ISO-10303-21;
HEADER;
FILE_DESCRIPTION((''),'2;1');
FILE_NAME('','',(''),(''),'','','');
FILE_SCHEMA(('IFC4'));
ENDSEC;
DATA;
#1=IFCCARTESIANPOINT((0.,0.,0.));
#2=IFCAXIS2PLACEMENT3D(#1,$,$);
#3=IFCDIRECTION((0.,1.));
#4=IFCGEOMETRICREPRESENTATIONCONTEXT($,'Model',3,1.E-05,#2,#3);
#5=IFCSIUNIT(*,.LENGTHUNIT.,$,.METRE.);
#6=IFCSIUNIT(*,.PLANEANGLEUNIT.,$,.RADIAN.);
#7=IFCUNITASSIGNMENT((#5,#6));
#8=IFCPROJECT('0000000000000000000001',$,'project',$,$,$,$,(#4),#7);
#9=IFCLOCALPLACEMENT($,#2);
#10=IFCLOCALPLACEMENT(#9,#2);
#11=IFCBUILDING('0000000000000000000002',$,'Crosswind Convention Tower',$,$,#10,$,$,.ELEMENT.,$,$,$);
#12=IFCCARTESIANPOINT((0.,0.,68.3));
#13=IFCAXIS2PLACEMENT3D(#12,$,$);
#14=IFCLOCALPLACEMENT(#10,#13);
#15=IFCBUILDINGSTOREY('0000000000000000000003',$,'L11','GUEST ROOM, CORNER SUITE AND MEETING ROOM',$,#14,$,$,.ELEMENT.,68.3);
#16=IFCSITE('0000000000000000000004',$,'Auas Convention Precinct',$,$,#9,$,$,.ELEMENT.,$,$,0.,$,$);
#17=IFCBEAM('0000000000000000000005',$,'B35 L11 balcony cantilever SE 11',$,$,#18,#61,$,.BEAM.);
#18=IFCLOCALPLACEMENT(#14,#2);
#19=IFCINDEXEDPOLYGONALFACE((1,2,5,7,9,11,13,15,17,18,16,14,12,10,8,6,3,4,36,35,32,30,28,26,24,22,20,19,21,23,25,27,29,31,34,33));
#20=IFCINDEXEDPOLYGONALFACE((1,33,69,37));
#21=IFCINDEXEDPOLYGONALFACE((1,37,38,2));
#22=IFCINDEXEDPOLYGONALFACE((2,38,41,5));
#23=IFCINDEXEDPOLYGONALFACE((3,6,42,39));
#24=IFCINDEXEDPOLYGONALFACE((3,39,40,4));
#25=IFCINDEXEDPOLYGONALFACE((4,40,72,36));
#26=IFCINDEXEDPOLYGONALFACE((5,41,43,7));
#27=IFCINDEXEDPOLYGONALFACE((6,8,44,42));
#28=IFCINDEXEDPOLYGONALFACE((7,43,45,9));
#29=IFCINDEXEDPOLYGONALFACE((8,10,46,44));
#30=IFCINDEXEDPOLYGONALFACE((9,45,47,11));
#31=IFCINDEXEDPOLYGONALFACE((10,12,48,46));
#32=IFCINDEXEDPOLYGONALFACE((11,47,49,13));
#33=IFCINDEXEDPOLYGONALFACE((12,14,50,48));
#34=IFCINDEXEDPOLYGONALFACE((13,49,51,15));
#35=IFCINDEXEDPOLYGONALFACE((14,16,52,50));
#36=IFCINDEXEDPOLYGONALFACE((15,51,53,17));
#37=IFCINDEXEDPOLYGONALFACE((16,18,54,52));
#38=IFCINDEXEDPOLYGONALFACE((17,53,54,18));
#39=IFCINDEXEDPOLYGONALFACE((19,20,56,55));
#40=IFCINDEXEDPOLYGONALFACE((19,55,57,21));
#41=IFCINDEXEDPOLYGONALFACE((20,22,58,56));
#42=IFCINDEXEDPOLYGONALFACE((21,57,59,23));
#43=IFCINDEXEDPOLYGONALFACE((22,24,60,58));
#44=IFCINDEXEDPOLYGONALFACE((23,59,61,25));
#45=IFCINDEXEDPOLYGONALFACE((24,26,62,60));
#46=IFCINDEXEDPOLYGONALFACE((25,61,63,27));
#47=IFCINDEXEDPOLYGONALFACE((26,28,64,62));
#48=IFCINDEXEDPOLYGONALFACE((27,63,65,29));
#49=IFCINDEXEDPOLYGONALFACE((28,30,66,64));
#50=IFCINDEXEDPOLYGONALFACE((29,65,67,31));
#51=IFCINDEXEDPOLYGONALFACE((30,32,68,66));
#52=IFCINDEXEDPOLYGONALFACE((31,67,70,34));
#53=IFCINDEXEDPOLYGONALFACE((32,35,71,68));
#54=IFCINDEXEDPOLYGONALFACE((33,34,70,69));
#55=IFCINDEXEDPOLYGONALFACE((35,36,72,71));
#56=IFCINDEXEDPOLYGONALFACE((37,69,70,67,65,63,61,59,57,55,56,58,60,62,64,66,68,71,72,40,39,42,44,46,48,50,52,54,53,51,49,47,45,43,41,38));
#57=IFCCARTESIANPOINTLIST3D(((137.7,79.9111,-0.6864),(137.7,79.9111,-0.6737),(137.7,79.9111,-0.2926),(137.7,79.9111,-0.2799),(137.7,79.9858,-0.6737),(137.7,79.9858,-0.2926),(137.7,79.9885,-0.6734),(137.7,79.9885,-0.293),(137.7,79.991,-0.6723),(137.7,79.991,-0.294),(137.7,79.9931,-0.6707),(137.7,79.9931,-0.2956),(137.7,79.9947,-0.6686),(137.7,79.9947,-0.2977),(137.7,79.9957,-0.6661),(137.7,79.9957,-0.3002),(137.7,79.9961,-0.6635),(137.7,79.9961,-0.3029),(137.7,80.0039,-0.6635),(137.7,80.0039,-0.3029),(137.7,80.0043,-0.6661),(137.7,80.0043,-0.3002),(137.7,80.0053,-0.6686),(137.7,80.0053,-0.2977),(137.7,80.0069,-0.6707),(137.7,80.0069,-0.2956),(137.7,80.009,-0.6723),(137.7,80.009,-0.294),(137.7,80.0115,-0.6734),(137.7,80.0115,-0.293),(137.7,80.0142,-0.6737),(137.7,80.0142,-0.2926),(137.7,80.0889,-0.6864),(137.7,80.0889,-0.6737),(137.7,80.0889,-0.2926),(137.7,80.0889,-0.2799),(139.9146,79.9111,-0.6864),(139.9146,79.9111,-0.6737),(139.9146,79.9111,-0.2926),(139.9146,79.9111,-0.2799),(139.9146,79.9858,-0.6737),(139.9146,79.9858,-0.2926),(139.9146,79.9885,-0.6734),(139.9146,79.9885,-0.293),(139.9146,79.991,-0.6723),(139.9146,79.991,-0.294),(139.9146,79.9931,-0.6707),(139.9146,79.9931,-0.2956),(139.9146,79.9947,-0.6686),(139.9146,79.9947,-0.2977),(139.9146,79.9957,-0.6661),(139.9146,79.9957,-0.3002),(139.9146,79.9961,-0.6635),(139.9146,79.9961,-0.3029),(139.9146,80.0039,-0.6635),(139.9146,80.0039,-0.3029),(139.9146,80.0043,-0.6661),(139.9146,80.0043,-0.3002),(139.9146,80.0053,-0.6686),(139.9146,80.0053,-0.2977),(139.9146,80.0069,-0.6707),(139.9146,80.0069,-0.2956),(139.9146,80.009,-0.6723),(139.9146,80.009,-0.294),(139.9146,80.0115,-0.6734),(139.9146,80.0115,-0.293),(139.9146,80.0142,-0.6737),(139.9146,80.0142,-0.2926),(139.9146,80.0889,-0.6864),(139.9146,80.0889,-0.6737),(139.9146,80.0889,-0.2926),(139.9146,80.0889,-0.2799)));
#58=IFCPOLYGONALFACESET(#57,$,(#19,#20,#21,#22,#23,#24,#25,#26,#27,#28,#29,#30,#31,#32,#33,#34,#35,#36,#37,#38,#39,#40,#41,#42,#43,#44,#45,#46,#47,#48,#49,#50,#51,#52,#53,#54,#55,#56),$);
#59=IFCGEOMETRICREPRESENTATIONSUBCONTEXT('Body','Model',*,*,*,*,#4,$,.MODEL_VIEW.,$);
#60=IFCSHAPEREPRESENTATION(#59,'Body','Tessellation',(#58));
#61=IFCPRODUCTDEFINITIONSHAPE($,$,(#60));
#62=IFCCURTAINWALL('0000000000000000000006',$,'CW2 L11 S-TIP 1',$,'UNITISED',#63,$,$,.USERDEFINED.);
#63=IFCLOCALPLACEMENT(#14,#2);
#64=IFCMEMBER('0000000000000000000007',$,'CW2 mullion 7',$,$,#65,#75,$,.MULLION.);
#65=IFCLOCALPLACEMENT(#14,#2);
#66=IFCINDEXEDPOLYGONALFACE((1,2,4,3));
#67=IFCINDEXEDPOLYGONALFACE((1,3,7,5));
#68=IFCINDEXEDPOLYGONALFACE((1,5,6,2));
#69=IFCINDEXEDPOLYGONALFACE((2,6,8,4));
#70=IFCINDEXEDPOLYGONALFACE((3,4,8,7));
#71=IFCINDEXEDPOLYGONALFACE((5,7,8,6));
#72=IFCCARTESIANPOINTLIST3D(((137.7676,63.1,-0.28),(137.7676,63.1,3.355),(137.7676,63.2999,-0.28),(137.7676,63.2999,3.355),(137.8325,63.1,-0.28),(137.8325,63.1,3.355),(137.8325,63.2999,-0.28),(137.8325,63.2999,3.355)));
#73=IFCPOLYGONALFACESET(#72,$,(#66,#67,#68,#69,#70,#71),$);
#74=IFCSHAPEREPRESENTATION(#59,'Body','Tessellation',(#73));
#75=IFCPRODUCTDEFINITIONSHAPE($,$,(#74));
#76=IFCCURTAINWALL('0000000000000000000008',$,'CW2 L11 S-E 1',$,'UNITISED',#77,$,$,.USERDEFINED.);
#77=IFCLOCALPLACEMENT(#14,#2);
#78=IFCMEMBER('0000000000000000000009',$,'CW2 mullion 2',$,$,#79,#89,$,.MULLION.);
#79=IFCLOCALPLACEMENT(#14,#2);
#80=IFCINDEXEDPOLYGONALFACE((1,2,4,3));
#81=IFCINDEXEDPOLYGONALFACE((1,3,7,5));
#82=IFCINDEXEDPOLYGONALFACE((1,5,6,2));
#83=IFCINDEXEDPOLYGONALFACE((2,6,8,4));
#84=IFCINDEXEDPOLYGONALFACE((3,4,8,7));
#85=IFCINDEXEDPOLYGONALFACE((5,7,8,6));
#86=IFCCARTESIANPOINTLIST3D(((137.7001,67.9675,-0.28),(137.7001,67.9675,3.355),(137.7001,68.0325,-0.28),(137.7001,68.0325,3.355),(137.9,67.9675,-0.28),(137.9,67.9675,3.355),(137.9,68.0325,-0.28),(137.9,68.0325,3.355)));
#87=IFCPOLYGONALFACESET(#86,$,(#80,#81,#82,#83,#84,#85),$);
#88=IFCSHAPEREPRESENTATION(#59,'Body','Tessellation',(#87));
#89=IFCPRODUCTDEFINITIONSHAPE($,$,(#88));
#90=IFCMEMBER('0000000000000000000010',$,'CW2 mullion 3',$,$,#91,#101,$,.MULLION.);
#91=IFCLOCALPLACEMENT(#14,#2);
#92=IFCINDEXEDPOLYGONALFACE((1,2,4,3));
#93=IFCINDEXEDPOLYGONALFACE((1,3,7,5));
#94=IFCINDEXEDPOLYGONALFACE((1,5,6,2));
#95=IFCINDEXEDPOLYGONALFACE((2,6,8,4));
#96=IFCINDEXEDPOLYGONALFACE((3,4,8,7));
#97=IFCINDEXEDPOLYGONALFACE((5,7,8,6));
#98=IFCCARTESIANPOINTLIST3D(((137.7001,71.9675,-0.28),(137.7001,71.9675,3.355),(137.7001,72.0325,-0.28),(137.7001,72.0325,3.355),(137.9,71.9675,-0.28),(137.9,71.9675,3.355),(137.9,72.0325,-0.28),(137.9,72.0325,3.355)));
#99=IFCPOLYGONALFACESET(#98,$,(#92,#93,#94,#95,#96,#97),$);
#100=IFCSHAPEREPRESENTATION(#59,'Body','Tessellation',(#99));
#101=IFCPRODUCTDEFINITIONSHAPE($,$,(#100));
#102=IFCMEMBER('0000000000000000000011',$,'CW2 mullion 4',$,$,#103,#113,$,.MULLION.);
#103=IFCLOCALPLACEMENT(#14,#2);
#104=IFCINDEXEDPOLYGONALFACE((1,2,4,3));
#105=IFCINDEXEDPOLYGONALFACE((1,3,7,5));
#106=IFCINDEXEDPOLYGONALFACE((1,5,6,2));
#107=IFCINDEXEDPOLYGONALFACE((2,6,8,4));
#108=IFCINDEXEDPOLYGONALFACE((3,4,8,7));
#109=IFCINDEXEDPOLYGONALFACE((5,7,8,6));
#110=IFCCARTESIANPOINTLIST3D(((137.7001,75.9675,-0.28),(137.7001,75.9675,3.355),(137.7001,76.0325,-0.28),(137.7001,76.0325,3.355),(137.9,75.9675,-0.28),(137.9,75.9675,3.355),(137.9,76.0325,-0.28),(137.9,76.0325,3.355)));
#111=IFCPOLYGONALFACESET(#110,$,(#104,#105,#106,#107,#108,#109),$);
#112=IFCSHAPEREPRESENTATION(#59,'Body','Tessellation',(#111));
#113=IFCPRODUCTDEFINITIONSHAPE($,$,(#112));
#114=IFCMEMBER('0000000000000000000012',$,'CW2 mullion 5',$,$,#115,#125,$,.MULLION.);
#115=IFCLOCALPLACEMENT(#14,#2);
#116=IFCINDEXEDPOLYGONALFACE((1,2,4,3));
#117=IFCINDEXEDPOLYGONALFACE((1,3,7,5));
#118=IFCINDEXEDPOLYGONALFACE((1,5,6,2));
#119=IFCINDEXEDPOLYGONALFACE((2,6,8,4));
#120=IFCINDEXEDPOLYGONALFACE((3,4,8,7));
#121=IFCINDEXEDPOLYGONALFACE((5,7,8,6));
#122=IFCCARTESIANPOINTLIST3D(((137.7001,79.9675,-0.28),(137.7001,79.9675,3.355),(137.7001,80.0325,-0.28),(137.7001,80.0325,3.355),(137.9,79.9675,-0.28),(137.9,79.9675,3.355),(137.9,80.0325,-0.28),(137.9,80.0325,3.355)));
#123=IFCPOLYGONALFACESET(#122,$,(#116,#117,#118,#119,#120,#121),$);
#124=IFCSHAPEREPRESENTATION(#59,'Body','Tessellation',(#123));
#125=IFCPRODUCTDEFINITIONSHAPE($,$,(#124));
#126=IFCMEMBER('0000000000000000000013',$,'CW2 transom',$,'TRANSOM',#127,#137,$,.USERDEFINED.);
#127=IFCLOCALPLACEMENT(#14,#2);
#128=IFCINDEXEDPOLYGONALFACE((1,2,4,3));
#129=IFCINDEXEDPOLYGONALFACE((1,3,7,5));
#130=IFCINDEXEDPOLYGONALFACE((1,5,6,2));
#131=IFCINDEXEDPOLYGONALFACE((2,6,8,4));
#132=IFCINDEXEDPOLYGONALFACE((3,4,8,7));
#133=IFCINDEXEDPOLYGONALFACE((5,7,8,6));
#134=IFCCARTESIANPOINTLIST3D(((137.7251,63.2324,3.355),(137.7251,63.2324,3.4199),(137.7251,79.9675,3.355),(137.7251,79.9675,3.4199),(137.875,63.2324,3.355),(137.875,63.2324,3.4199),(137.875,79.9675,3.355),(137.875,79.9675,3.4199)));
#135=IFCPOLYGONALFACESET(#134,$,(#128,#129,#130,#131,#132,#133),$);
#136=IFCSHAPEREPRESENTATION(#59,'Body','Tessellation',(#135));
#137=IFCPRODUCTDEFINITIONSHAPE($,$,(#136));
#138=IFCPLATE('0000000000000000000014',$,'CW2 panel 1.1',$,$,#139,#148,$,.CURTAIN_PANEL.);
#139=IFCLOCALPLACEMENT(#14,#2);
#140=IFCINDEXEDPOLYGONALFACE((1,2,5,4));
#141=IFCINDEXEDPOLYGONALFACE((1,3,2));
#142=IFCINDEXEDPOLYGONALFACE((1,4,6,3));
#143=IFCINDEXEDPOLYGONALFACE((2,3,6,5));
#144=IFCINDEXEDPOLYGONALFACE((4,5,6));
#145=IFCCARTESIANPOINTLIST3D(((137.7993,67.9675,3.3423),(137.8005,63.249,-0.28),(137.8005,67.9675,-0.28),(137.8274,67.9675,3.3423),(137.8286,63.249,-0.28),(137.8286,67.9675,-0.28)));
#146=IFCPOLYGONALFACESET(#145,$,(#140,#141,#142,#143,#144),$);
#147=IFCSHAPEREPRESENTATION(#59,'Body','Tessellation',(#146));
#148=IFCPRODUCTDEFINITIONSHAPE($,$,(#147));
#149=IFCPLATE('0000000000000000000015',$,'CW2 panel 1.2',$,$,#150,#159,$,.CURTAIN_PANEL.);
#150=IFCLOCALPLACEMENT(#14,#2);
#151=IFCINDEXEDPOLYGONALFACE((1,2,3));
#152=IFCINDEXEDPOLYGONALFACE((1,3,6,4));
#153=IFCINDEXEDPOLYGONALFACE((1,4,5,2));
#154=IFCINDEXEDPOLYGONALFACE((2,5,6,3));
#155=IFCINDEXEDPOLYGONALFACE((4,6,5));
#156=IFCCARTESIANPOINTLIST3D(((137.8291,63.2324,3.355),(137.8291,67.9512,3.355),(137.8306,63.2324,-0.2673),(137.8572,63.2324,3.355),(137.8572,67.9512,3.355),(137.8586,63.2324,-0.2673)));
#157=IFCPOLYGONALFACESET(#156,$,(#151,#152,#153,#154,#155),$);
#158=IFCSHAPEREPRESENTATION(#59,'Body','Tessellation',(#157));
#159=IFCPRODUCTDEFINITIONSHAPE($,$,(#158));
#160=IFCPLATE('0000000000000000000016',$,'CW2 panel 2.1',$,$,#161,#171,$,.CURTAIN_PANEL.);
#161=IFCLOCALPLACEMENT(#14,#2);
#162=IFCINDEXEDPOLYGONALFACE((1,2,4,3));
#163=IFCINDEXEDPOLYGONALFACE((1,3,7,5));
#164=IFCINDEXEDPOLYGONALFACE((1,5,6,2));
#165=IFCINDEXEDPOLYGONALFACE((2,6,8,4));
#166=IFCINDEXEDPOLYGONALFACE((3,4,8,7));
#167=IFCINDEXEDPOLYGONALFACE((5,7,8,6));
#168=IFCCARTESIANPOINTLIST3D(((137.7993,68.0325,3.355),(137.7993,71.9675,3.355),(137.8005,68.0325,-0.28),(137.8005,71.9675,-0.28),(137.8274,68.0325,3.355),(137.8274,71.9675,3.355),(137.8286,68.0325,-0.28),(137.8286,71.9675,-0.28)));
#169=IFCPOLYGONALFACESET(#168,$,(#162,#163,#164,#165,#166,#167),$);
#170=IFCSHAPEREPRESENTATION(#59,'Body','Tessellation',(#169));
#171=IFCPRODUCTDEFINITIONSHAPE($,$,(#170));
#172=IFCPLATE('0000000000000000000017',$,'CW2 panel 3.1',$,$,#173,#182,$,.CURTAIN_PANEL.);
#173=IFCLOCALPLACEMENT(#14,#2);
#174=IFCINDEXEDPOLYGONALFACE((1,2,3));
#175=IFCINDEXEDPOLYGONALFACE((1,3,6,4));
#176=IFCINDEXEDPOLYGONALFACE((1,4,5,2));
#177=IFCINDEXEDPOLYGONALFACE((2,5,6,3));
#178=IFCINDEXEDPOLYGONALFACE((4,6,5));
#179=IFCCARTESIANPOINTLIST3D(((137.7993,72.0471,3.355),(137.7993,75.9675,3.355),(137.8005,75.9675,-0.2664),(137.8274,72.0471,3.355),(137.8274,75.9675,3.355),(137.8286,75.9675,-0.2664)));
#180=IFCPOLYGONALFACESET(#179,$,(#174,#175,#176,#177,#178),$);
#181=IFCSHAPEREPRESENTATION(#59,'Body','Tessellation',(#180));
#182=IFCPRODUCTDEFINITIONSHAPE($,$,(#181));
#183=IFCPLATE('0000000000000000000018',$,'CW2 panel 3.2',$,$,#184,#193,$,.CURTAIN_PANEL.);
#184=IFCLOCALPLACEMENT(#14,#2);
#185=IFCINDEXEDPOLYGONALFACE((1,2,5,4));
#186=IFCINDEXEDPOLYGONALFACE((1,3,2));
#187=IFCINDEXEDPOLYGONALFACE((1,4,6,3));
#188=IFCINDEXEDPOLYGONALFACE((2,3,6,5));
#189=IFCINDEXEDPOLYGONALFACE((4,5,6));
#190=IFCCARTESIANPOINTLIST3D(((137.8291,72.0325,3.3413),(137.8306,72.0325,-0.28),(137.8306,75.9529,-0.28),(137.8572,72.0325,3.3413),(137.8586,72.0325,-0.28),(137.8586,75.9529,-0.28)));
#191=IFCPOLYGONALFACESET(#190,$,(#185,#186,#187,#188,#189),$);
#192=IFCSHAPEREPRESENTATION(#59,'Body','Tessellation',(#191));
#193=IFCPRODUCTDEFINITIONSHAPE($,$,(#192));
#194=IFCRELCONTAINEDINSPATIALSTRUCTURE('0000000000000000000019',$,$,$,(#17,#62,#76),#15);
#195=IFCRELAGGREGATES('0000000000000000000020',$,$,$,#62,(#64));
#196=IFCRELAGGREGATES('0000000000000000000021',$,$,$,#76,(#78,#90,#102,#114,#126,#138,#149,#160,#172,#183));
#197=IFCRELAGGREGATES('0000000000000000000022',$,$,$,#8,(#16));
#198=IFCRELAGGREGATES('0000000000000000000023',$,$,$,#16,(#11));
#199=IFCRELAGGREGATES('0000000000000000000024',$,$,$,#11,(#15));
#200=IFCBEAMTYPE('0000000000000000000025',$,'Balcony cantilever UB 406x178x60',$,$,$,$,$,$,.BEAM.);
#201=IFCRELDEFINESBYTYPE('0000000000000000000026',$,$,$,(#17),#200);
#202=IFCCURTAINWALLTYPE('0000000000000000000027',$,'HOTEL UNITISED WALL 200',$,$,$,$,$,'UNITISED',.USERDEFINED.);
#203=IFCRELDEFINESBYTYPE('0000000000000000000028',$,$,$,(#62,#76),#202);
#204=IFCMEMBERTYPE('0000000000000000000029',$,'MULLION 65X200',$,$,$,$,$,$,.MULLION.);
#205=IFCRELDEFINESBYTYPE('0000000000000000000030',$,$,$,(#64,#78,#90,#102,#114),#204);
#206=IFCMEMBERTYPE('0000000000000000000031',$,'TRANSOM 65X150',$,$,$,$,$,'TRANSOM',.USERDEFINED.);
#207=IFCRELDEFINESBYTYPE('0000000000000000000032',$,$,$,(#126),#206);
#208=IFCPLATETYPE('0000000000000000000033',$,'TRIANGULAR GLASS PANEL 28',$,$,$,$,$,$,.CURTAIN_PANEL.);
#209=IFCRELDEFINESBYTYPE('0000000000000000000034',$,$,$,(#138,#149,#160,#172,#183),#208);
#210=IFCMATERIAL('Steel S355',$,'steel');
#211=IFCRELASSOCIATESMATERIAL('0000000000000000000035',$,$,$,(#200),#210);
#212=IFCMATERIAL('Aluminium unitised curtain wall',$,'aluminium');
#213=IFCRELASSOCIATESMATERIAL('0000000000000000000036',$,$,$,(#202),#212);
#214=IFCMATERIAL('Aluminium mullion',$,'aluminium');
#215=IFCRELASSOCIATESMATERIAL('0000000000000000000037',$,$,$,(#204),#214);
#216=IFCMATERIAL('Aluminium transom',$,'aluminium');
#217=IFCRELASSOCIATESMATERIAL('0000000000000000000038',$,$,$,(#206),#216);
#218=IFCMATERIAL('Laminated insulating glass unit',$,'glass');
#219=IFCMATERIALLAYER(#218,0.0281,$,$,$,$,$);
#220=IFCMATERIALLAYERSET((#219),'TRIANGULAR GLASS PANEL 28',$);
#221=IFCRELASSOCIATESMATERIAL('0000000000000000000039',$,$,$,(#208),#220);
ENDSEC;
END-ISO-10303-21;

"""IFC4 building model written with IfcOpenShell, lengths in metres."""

from ifc_helpers import new_model, si_unit, direction, frame, origin, origin_2d, place, context, subcontext, project, spatial, polyline, rectangle, i_section, outline, extrude, material, layer, layer_set, material_profile, profile_set, type_object, element, aggregate, save


model = new_model("IFC4")

# Units and contexts
model_context = context("Model", 3, precision=1e-05, world=origin(), true_north=direction((0.0, 1.0)))
body_context = subcontext(model_context, "Body", "Model", "MODEL_VIEW")
ifc_project = project(units=[si_unit("LENGTHUNIT", "METRE"), si_unit("PLANEANGLEUNIT", "RADIAN")], contexts=[model_context])

# Site, building, storey
site_placement = place(None, origin())
site = spatial("IfcSite", under=ifc_project, at=site_placement, Name="Auas Convention Precinct", CompositionType="ELEMENT", RefElevation=0.0)
building_placement = place(site_placement, origin())
building = spatial("IfcBuilding", under=site, at=building_placement, Name="Crosswind Convention Tower", CompositionType="ELEMENT")
storey_placement = place(building_placement, frame((0.0, 0.0, 68.3)))
storey = spatial("IfcBuildingStorey", under=building, at=storey_placement, Name="L11", Description="GUEST ROOM, CORNER SUITE AND MEETING ROOM", CompositionType="ELEMENT", Elevation=68.3)

# Beam
ifc_material_1 = material(Name="Steel S355", Category="steel")
ifc_material_profile_1 = material_profile(ifc_material_1, i_section(OverallWidth=0.1777, OverallDepth=0.4065, WebThickness=0.0078, FlangeThickness=0.0127, FilletRadius=0.0103, at=origin_2d()), Name="UB 406x178x60")
ifc_profile_set_1 = profile_set([ifc_material_profile_1], Name="Steel S355")
beam_type = type_object("IfcBeamType", Name="Balcony cantilever UB 406x178x60", PredefinedType="BEAM", material=ifc_profile_set_1)
beam_placement = place(storey_placement, frame((137.7, 80.0, -0.4832), z_axis=(1.0, 0.0, 0.0), x_axis=(0.0, 1.0, 0.0)))
element("IfcBeam", 1, at=beam_placement, inside=storey, type_object=beam_type, Name="B35 L11 balcony cantilever SE 11", PredefinedType="BEAM", context=body_context, shape_type="SweptSolid", body=[
    extrude(i_section(OverallWidth=0.1777, OverallDepth=0.4065, WebThickness=0.0078, FlangeThickness=0.0127, FilletRadius=0.0103, at=origin_2d()), origin(), (0.0, 0.0, 1.0), 2.2146),
])

# Curtain wall, member
ifc_material_2 = material(Name="Aluminium unitised curtain wall", Category="aluminium")
curtain_wall_type = type_object("IfcCurtainWallType", Name="HOTEL UNITISED WALL 200", ElementType="UNITISED", PredefinedType="USERDEFINED", material=ifc_material_2)
curtain_wall_1_placement = place(storey_placement, origin())
curtain_wall_1 = element("IfcCurtainWall", 2, at=curtain_wall_1_placement, inside=storey, type_object=curtain_wall_type, Name="CW2 L11 S-TIP 1", ObjectType="UNITISED", PredefinedType="USERDEFINED")
ifc_material_3 = material(Name="Aluminium mullion", Category="aluminium")
ifc_material_profile_2 = material_profile(ifc_material_3, rectangle(XDim=0.2, YDim=0.0649, at=origin_2d()), Name="AL 200X65")
ifc_profile_set_2 = profile_set([ifc_material_profile_2], Name="Aluminium mullion")
member_type_1 = type_object("IfcMemberType", Name="MULLION 65X200", PredefinedType="MULLION", material=ifc_profile_set_2)
member_1_placement = place(storey_placement, frame((137.8, 63.2, -0.28), z_axis=(0.0, 0.0, 1.0), x_axis=(0.0, -1.0, 0.0)))
member_1 = element("IfcMember", 3, at=member_1_placement, type_object=member_type_1, Name="CW2 mullion 7", PredefinedType="MULLION", context=body_context, shape_type="SweptSolid", body=[
    extrude(rectangle(XDim=0.2, YDim=0.0649, at=origin_2d()), origin(), (0.0, 0.0, 1.0), 3.635),
])
aggregate(curtain_wall_1, [member_1])

# Curtain wall, members, plates
curtain_wall_2_placement = place(storey_placement, origin())
curtain_wall_2 = element("IfcCurtainWall", 4, at=curtain_wall_2_placement, inside=storey, type_object=curtain_wall_type, Name="CW2 L11 S-E 1", ObjectType="UNITISED", PredefinedType="USERDEFINED")
member_2_placement = place(storey_placement, frame((137.8, 68.0, -0.28), z_axis=(0.0, 0.0, 1.0), x_axis=(1.0, 0.0, 0.0)))
member_2 = element("IfcMember", 5, at=member_2_placement, type_object=member_type_1, Name="CW2 mullion 2", PredefinedType="MULLION", context=body_context, shape_type="SweptSolid", body=[
    extrude(rectangle(XDim=0.2, YDim=0.0649, at=origin_2d()), origin(), (0.0, 0.0, 1.0), 3.635),
])
member_3_placement = place(storey_placement, frame((137.8, 72.0, -0.28), z_axis=(0.0, 0.0, 1.0), x_axis=(1.0, 0.0, 0.0)))
member_3 = element("IfcMember", 6, at=member_3_placement, type_object=member_type_1, Name="CW2 mullion 3", PredefinedType="MULLION", context=body_context, shape_type="SweptSolid", body=[
    extrude(rectangle(XDim=0.2, YDim=0.0649, at=origin_2d()), origin(), (0.0, 0.0, 1.0), 3.635),
])
member_4_placement = place(storey_placement, frame((137.8, 76.0, -0.28), z_axis=(0.0, 0.0, 1.0), x_axis=(1.0, 0.0, 0.0)))
member_4 = element("IfcMember", 7, at=member_4_placement, type_object=member_type_1, Name="CW2 mullion 4", PredefinedType="MULLION", context=body_context, shape_type="SweptSolid", body=[
    extrude(rectangle(XDim=0.2, YDim=0.0649, at=origin_2d()), origin(), (0.0, 0.0, 1.0), 3.635),
])
member_5_placement = place(storey_placement, frame((137.8, 80.0, -0.28), z_axis=(0.0, 0.0, 1.0), x_axis=(1.0, 0.0, 0.0)))
member_5 = element("IfcMember", 8, at=member_5_placement, type_object=member_type_1, Name="CW2 mullion 5", PredefinedType="MULLION", context=body_context, shape_type="SweptSolid", body=[
    extrude(rectangle(XDim=0.2, YDim=0.0649, at=origin_2d()), origin(), (0.0, 0.0, 1.0), 3.635),
])
ifc_material_4 = material(Name="Aluminium transom", Category="aluminium")
ifc_material_profile_3 = material_profile(ifc_material_4, rectangle(XDim=0.1499, YDim=0.0649, at=origin_2d()), Name="AL 150X65")
ifc_profile_set_3 = profile_set([ifc_material_profile_3], Name="Aluminium transom")
member_type_2 = type_object("IfcMemberType", Name="TRANSOM 65X150", ElementType="TRANSOM", PredefinedType="USERDEFINED", material=ifc_profile_set_3)
member_6_placement = place(storey_placement, frame((137.8, 63.2324, 3.3875), z_axis=(0.0, 1.0, 0.0), x_axis=(-1.0, 0.0, 0.0)))
member_6 = element("IfcMember", 9, at=member_6_placement, type_object=member_type_2, Name="CW2 transom", ObjectType="TRANSOM", PredefinedType="USERDEFINED", context=body_context, shape_type="SweptSolid", body=[
    extrude(rectangle(XDim=0.1499, YDim=0.0649, at=origin_2d()), origin(), (0.0, 0.0, 1.0), 16.7351),
])
ifc_material_5 = material(Name="Laminated insulating glass unit", Category="glass")
ifc_layer_1 = layer(ifc_material_5, 0.0281)
ifc_layer_set_1 = layer_set([ifc_layer_1], Name="TRIANGULAR GLASS PANEL 28")
plate_type = type_object("IfcPlateType", Name="TRIANGULAR GLASS PANEL 28", PredefinedType="CURTAIN_PANEL", material=ifc_layer_set_1)
plate_1_placement = place(storey_placement, frame((137.8286, 67.9675, -0.28), z_axis=(1.0, 0.0, 0.000337), x_axis=(-0.000337, 0.0, 1.0)))
plate_1 = element("IfcPlate", 10, at=plate_1_placement, type_object=plate_type, Name="CW2 panel 1.1", PredefinedType="CURTAIN_PANEL", context=body_context, shape_type="SweptSolid", body=[
    extrude(outline(polyline([(0.0, 0.0), (3.6223, 0.0), (0.0, 4.7185), (0.0, 0.0)])), origin(), (0.0, 0.0, -1.0), 0.0281),
])
plate_2_placement = place(storey_placement, frame((137.8572, 63.2324, 3.355), z_axis=(1.0, 0.0, 0.000404), x_axis=(0.000404, 0.0, -1.0)))
plate_2 = element("IfcPlate", 11, at=plate_2_placement, type_object=plate_type, Name="CW2 panel 1.2", PredefinedType="CURTAIN_PANEL", context=body_context, shape_type="SweptSolid", body=[
    extrude(outline(polyline([(0.0, 0.0), (3.6223, 0.0), (0.0, 4.7188), (0.0, 0.0)])), origin(), (0.0, 0.0, -1.0), 0.0281),
])
plate_3_placement = place(storey_placement, frame((137.8286, 68.0325, -0.28), z_axis=(1.0, 0.0, 0.000336), x_axis=(0.0, 1.0, 0.0)))
plate_3 = element("IfcPlate", 12, at=plate_3_placement, type_object=plate_type, Name="CW2 panel 2.1", PredefinedType="CURTAIN_PANEL", context=body_context, shape_type="SweptSolid", body=[
    extrude(outline(polyline([(0.0, 0.0), (3.9351, 0.0), (3.9351, 3.635), (0.0, 3.635), (0.0, 0.0)])), origin(), (0.0, 0.0, -1.0), 0.0281),
])
plate_4_placement = place(storey_placement, frame((137.8274, 75.9675, 3.355), z_axis=(1.0, 0.0, 0.000337), x_axis=(0.0, -1.0, 0.0)))
plate_4 = element("IfcPlate", 13, at=plate_4_placement, type_object=plate_type, Name="CW2 panel 3.1", PredefinedType="CURTAIN_PANEL", context=body_context, shape_type="SweptSolid", body=[
    extrude(outline(polyline([(0.0, 0.0), (3.9204, 0.0), (0.0, 3.6213), (0.0, 0.0)])), origin(), (0.0, 0.0, -1.0), 0.0281),
])
plate_5_placement = place(storey_placement, frame((137.8586, 72.0325, -0.28), z_axis=(1.0, 0.0, 0.000405), x_axis=(0.0, 1.0, 0.0)))
plate_5 = element("IfcPlate", 14, at=plate_5_placement, type_object=plate_type, Name="CW2 panel 3.2", PredefinedType="CURTAIN_PANEL", context=body_context, shape_type="SweptSolid", body=[
    extrude(outline(polyline([(0.0, 0.0), (3.9204, 0.0), (0.0, 3.6213), (0.0, 0.0)])), origin(), (0.0, 0.0, -1.0), 0.0281),
])

aggregate(curtain_wall_2, [member_2, member_3, member_4, member_5, member_6, plate_1, plate_2, plate_3, plate_4, plate_5])

save(model, "model.ifc")
